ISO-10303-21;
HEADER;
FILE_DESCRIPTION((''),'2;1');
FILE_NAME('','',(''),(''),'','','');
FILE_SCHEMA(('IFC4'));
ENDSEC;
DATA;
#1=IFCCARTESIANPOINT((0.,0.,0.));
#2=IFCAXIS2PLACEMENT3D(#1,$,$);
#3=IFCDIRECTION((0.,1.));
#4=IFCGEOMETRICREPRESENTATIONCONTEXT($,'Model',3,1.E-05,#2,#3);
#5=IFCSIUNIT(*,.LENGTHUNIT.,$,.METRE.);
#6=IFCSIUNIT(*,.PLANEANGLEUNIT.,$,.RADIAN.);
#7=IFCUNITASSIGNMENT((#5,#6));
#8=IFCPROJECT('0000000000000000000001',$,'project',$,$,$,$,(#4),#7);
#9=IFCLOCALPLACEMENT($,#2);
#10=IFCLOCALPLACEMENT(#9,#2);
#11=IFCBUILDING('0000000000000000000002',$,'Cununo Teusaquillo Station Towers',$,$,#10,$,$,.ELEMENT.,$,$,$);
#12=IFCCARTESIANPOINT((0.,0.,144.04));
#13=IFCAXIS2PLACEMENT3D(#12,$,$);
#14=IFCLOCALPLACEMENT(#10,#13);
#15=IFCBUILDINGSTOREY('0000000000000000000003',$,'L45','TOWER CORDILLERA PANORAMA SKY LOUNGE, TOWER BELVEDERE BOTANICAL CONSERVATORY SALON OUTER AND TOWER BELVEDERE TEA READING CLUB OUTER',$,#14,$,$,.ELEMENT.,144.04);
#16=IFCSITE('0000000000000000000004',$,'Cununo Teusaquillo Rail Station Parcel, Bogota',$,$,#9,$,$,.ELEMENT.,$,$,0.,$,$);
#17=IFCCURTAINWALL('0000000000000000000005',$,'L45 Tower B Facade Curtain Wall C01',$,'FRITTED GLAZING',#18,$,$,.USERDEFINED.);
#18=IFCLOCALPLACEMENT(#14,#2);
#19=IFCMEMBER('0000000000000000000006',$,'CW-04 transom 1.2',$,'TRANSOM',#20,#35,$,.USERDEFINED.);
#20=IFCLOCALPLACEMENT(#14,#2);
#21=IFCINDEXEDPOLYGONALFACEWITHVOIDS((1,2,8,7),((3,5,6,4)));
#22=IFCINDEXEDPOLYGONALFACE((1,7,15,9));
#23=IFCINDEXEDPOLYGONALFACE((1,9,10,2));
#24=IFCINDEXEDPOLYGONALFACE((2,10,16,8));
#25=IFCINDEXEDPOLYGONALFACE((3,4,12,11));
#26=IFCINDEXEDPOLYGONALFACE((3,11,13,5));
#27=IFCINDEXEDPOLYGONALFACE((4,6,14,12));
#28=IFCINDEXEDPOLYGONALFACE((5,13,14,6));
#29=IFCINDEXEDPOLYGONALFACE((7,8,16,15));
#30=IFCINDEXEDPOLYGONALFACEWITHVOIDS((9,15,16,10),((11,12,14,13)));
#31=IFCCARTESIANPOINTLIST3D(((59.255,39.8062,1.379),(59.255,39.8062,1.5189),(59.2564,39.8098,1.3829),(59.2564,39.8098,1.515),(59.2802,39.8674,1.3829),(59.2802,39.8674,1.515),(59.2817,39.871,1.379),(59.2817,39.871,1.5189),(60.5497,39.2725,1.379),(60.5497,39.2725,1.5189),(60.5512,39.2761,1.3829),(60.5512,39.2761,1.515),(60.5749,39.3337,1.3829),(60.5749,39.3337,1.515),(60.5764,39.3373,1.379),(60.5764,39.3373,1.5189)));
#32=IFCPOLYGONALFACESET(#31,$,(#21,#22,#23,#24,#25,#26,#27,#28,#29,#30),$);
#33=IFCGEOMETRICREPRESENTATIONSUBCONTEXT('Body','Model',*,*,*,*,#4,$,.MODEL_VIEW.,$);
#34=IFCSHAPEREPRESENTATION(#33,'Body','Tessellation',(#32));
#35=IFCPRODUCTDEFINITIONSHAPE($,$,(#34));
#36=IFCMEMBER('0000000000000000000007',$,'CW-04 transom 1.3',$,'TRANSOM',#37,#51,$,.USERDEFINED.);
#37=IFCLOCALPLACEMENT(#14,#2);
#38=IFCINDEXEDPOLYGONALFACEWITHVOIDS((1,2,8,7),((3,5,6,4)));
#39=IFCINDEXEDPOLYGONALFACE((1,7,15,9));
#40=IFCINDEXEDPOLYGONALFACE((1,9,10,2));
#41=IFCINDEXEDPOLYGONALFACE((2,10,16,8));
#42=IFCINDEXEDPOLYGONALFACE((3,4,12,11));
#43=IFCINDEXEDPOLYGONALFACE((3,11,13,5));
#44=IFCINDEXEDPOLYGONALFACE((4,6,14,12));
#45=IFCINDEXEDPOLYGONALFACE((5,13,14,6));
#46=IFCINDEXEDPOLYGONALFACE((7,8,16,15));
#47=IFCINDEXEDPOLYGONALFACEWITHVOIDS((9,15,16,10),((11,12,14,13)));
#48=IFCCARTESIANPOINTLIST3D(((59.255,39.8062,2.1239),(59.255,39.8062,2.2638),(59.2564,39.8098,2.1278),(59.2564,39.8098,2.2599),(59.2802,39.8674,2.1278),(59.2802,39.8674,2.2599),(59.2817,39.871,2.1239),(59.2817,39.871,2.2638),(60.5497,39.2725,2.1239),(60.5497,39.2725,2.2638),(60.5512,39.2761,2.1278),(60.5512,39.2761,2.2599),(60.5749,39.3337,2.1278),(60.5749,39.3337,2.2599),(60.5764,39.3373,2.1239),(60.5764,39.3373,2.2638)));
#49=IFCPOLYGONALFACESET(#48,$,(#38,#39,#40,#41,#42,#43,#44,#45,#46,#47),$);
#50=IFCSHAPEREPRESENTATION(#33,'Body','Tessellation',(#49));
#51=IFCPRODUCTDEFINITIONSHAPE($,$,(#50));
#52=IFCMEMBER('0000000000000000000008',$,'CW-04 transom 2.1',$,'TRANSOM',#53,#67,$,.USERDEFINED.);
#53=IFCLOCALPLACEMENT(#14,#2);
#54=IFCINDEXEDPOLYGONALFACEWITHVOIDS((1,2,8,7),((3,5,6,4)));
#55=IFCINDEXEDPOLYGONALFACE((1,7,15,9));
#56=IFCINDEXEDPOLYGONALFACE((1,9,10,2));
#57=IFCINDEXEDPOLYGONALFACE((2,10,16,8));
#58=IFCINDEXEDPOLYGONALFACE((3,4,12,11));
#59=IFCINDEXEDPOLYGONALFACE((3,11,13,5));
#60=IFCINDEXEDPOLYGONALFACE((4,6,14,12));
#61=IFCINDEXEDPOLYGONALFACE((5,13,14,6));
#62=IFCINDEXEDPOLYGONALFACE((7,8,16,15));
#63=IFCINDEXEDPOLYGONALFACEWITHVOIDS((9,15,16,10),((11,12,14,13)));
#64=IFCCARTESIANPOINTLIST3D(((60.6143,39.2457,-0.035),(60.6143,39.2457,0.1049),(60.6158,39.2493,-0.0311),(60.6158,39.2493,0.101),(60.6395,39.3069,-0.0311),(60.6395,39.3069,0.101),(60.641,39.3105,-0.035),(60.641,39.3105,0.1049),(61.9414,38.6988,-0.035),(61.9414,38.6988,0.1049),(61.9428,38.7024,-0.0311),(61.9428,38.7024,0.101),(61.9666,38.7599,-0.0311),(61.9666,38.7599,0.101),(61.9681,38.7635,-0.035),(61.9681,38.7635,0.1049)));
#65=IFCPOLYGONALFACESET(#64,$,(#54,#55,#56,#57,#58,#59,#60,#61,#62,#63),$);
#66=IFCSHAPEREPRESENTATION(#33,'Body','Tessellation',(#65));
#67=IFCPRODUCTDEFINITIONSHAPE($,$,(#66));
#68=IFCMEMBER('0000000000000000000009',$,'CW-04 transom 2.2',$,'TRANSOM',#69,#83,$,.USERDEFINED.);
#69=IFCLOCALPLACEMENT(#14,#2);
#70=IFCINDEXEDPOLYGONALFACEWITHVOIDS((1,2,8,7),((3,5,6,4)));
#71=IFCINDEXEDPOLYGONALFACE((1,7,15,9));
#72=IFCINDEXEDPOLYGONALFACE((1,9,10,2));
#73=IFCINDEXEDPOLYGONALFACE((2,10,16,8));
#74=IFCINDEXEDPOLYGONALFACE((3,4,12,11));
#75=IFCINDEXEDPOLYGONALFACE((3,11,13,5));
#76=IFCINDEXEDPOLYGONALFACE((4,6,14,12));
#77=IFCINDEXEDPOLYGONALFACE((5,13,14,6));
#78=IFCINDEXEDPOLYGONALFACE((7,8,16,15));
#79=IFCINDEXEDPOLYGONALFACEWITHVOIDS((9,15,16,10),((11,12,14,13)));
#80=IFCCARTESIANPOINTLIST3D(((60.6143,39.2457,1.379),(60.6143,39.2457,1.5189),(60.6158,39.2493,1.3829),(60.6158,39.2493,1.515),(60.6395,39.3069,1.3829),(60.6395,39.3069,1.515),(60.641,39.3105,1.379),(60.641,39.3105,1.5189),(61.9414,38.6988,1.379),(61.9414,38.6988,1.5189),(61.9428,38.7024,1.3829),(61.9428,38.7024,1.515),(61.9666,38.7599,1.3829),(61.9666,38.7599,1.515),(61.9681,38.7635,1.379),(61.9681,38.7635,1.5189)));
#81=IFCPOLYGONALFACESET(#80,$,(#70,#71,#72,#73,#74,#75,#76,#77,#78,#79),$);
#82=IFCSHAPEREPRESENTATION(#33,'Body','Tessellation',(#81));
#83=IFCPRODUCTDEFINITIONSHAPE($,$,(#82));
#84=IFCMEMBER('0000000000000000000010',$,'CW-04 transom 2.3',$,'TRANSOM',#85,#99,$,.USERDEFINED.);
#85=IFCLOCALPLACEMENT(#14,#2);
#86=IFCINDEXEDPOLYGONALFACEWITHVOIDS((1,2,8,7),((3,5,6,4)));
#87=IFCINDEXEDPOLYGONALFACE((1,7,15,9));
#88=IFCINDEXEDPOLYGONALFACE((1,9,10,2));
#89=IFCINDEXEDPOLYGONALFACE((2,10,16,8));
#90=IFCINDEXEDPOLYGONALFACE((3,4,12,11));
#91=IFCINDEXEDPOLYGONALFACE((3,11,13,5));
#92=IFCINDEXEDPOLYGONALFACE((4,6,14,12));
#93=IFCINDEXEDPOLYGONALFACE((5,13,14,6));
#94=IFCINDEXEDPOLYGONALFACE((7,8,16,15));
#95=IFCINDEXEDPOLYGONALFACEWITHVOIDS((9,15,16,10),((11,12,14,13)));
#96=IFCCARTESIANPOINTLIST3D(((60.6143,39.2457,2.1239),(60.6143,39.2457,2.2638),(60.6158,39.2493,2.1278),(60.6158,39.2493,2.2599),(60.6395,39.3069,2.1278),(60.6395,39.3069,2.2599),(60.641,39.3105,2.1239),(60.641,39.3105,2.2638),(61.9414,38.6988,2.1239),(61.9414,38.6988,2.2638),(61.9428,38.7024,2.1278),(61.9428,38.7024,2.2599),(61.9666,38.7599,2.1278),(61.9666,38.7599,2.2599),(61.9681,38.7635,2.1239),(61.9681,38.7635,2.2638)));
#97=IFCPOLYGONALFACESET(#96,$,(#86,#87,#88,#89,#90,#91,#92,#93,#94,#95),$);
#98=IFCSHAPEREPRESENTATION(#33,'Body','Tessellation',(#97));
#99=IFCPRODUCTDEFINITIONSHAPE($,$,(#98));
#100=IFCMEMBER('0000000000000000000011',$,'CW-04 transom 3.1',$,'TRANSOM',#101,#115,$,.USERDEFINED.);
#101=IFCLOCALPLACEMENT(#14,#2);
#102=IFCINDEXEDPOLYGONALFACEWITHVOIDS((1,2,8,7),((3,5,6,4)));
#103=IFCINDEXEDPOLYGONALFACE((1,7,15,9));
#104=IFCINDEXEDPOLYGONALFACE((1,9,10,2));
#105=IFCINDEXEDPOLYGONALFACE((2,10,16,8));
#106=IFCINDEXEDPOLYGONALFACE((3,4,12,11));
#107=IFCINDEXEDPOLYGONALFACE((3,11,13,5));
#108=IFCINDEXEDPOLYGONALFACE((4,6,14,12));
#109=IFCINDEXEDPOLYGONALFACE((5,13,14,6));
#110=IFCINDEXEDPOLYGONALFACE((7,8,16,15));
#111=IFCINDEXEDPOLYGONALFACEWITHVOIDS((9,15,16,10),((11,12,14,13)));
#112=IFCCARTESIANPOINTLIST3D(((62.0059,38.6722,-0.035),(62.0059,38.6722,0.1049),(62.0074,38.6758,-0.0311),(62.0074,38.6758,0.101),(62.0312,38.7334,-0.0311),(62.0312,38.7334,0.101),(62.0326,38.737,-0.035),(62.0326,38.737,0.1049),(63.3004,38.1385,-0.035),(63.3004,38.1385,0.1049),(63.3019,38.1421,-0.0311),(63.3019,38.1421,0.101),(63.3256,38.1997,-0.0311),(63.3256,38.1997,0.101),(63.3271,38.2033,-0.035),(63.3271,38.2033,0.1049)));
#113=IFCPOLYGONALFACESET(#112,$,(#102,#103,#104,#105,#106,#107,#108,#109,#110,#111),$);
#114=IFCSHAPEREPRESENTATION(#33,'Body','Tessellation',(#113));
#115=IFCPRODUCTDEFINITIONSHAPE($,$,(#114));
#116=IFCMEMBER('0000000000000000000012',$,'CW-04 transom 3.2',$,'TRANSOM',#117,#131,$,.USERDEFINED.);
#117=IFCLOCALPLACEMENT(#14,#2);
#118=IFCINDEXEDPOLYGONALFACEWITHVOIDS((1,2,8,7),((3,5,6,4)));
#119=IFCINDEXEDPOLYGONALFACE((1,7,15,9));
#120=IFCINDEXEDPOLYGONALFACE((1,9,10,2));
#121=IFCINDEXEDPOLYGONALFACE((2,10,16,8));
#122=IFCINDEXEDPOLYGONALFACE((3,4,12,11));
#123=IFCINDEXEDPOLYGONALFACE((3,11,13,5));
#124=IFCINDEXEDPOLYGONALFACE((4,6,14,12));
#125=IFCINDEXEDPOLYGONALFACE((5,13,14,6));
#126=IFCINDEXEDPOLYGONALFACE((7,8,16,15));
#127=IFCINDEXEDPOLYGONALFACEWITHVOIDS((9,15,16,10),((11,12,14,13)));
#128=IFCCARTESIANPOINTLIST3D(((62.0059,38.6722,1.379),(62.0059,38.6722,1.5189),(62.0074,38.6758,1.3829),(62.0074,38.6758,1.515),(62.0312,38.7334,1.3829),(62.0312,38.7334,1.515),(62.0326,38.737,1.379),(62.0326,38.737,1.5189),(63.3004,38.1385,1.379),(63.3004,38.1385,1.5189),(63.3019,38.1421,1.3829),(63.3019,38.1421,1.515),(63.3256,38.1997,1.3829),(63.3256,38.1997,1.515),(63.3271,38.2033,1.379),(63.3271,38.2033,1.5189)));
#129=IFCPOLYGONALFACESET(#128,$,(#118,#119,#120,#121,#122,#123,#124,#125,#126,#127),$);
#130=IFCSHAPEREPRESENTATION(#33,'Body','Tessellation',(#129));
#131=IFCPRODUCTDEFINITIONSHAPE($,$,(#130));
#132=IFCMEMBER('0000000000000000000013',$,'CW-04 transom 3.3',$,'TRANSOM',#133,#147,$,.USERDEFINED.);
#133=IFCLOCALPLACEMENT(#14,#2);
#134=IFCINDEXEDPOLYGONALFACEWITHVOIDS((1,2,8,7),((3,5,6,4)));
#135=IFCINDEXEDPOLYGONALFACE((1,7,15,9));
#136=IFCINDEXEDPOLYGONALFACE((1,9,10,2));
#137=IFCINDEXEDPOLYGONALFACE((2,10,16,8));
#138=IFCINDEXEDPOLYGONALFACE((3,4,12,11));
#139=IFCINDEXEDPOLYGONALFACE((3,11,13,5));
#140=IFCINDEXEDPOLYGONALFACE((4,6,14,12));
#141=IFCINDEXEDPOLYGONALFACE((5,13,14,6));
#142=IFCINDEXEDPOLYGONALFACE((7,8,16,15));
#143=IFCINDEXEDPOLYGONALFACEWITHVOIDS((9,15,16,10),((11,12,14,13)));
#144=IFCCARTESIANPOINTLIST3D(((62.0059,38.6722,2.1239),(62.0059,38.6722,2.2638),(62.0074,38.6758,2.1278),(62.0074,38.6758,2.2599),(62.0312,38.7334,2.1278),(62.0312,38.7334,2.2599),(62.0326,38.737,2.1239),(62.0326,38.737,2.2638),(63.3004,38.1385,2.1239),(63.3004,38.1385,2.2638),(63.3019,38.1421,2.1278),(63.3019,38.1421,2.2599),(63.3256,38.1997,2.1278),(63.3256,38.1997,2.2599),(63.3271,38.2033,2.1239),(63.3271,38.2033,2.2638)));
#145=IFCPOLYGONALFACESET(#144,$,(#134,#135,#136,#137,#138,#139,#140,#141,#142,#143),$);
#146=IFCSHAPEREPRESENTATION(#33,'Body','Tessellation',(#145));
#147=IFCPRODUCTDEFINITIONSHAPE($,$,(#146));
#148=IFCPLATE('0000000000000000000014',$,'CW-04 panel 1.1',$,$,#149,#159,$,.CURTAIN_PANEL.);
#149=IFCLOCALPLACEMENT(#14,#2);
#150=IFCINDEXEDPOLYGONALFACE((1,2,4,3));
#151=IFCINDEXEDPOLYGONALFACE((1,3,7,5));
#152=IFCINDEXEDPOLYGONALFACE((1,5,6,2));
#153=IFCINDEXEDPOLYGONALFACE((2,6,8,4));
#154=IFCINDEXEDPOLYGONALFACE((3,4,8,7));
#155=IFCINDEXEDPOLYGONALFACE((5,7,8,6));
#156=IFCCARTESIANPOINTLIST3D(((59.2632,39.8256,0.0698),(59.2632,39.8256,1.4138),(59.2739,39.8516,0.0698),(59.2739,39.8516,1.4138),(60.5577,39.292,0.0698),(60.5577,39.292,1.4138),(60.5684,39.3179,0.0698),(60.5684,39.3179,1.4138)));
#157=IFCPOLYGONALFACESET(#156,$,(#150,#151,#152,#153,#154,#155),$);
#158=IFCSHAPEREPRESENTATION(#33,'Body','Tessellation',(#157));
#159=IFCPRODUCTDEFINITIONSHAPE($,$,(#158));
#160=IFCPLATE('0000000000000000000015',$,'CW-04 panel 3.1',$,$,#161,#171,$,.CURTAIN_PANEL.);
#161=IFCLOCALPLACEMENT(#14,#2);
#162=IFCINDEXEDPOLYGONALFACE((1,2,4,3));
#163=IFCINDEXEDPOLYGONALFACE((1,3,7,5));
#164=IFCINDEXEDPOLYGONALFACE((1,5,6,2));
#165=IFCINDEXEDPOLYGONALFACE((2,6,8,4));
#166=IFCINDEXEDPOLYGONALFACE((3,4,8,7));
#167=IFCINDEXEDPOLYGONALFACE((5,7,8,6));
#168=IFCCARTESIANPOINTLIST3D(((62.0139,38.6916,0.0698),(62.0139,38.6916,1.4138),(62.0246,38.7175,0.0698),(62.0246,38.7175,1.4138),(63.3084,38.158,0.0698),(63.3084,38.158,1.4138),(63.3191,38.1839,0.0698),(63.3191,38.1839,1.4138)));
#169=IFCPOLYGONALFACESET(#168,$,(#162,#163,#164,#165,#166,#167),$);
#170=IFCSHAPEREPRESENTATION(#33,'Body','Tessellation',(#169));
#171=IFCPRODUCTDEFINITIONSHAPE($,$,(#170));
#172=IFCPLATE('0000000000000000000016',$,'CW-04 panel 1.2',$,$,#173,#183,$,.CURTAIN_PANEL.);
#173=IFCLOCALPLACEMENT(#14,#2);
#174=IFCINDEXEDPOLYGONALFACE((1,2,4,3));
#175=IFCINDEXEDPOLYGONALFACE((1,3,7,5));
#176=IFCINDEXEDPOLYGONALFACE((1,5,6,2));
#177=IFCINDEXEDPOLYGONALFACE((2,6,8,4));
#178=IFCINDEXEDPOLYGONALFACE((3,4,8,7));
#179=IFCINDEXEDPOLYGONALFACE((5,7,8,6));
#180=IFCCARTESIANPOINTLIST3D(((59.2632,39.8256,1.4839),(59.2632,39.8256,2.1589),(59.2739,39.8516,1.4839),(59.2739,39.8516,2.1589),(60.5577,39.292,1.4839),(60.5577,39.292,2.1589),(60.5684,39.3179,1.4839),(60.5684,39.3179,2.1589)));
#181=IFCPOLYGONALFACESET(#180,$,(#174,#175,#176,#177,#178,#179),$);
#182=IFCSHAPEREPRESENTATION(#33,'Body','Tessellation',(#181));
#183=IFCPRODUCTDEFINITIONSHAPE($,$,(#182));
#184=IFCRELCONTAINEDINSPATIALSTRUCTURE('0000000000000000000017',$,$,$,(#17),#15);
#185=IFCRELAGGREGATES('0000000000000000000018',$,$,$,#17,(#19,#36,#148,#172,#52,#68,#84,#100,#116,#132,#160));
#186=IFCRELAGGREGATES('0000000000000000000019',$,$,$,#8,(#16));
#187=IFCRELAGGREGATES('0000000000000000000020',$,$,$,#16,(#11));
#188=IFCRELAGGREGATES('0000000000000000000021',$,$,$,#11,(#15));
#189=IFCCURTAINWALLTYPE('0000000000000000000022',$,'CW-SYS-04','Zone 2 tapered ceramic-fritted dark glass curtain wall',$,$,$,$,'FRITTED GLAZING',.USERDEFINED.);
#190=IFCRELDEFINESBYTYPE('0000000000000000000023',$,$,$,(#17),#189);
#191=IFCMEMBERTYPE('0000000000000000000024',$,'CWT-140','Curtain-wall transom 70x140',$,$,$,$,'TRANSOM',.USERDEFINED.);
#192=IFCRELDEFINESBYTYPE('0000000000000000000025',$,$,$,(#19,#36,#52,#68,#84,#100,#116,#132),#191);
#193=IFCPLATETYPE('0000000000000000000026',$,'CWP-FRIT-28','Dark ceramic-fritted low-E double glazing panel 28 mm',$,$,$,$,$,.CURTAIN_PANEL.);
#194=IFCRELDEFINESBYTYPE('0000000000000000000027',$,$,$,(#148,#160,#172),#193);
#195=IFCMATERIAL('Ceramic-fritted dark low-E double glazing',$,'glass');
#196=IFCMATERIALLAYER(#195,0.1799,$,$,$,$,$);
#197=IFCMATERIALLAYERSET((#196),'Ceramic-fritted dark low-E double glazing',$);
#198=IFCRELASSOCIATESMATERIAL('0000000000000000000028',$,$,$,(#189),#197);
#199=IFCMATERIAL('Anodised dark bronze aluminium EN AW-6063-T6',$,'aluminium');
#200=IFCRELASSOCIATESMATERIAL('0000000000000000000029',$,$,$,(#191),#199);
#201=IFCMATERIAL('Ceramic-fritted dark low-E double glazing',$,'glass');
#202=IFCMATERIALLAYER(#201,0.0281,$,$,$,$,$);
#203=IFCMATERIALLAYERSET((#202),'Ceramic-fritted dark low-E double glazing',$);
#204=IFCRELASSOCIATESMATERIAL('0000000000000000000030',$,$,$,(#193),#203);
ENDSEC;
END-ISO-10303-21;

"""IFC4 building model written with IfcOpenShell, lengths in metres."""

from ifc_helpers import new_model, si_unit, direction, frame, origin, origin_2d, place, context, subcontext, project, spatial, rectangle, hollow_rectangle, extrude, source, transform, mapped, material, layer, layer_set, material_profile, profile_set, type_object, element, aggregate, save


model = new_model("IFC4")

# Units and contexts
model_context = context("Model", 3, precision=1e-05, world=origin(), true_north=direction((0.0, 1.0)))
body_context = subcontext(model_context, "Body", "Model", "MODEL_VIEW")
ifc_project = project(units=[si_unit("LENGTHUNIT", "METRE"), si_unit("PLANEANGLEUNIT", "RADIAN")], contexts=[model_context])

# Site, building, storey
site_placement = place(None, origin())
site = spatial("IfcSite", under=ifc_project, at=site_placement, Name="Cununo Teusaquillo Rail Station Parcel, Bogota", CompositionType="ELEMENT", RefElevation=0.0)
building_placement = place(site_placement, origin())
building = spatial("IfcBuilding", under=site, at=building_placement, Name="Cununo Teusaquillo Station Towers", CompositionType="ELEMENT")
storey_placement = place(building_placement, frame((0.0, 0.0, 144.04)))
storey = spatial("IfcBuildingStorey", under=building, at=storey_placement, Name="L45", Description="TOWER CORDILLERA PANORAMA SKY LOUNGE, TOWER BELVEDERE BOTANICAL CONSERVATORY SALON OUTER AND TOWER BELVEDERE TEA READING CLUB OUTER", CompositionType="ELEMENT", Elevation=144.04)

# Curtain wall, members, plates
ifc_material_1 = material(Name="Ceramic-fritted dark low-E double glazing", Category="glass")
ifc_layer_1 = layer(ifc_material_1, 0.1799)
ifc_layer_set_1 = layer_set([ifc_layer_1], Name="Ceramic-fritted dark low-E double glazing")
curtain_wall_type = type_object("IfcCurtainWallType", Name="CW-SYS-04", Description="Zone 2 tapered ceramic-fritted dark glass curtain wall", ElementType="FRITTED GLAZING", PredefinedType="USERDEFINED", material=ifc_layer_set_1)
curtain_wall_placement = place(storey_placement, origin())
curtain_wall = element("IfcCurtainWall", 1, at=curtain_wall_placement, inside=storey, type_object=curtain_wall_type, Name="L45 Tower B Facade Curtain Wall C01", ObjectType="FRITTED GLAZING", PredefinedType="USERDEFINED")
ifc_material_2 = material(Name="Anodised dark bronze aluminium EN AW-6063-T6", Category="aluminium")
ifc_material_profile_1 = material_profile(ifc_material_2, hollow_rectangle(XDim=0.0701, YDim=0.1399, WallThickness=0.0039, at=origin_2d()), Name="CW-TRAN-70x140")
ifc_profile_set_1 = profile_set([ifc_material_profile_1], Name="Anodised dark bronze aluminium EN AW-6063-T6")
member_type_1 = type_object("IfcMemberType", Name="CWT-140", Description="Curtain-wall transom 70x140", ElementType="TRANSOM", PredefinedType="USERDEFINED", material=ifc_profile_set_1)
member_1_placement = place(storey_placement, frame((59.2683, 39.8386, 1.449), z_axis=(0.92453, -0.381109, 0.0), x_axis=(0.381109, 0.92453, 0.0)))
member_1 = element("IfcMember", 2, at=member_1_placement, type_object=member_type_1, Name="CW-04 transom 1.2", ObjectType="TRANSOM", PredefinedType="USERDEFINED", context=body_context, shape_type="SweptSolid", body=[
    extrude(hollow_rectangle(XDim=0.0701, YDim=0.1399, WallThickness=0.0039, at=origin_2d()), origin(), (0.0, 0.0, 1.0), 1.4004),
])
member_2_placement = place(storey_placement, frame((59.2683, 39.8386, 2.1938), z_axis=(0.92453, -0.381109, 0.0), x_axis=(0.381109, 0.92453, 0.0)))
member_2 = element("IfcMember", 3, at=member_2_placement, type_object=member_type_1, Name="CW-04 transom 1.3", ObjectType="TRANSOM", PredefinedType="USERDEFINED", context=body_context, shape_type="SweptSolid", body=[
    extrude(hollow_rectangle(XDim=0.0701, YDim=0.1399, WallThickness=0.0039, at=origin_2d()), origin(), (0.0, 0.0, 1.0), 1.4004),
])
member_3_placement = place(storey_placement, frame((60.6277, 39.2781, 0.0349), z_axis=(0.924555, -0.381049, 0.0), x_axis=(0.381049, 0.924555, 0.0)))
member_3 = element("IfcMember", 4, at=member_3_placement, type_object=member_type_1, Name="CW-04 transom 2.1", ObjectType="TRANSOM", PredefinedType="USERDEFINED", context=body_context, shape_type="SweptSolid", body=[
    extrude(hollow_rectangle(XDim=0.0701, YDim=0.1399, WallThickness=0.0039, at=origin_2d()), origin(), (0.0, 0.0, 1.0), 1.4353),
])
member_4_placement = place(storey_placement, frame((60.6277, 39.2781, 1.449), z_axis=(0.924555, -0.381049, 0.0), x_axis=(0.381049, 0.924555, 0.0)))
member_4 = element("IfcMember", 5, at=member_4_placement, type_object=member_type_1, Name="CW-04 transom 2.2", ObjectType="TRANSOM", PredefinedType="USERDEFINED", context=body_context, shape_type="SweptSolid", body=[
    extrude(hollow_rectangle(XDim=0.0701, YDim=0.1399, WallThickness=0.0039, at=origin_2d()), origin(), (0.0, 0.0, 1.0), 1.4353),
])
member_5_placement = place(storey_placement, frame((60.6277, 39.2781, 2.1938), z_axis=(0.924555, -0.381049, 0.0), x_axis=(0.381049, 0.924555, 0.0)))
member_5 = element("IfcMember", 6, at=member_5_placement, type_object=member_type_1, Name="CW-04 transom 2.3", ObjectType="TRANSOM", PredefinedType="USERDEFINED", context=body_context, shape_type="SweptSolid", body=[
    extrude(hollow_rectangle(XDim=0.0701, YDim=0.1399, WallThickness=0.0039, at=origin_2d()), origin(), (0.0, 0.0, 1.0), 1.4353),
])
member_6_placement = place(storey_placement, frame((62.0193, 38.7046, 0.0349), z_axis=(0.924505, -0.381171, 0.0), x_axis=(0.381171, 0.924505, 0.0)))
member_6 = element("IfcMember", 7, at=member_6_placement, type_object=member_type_1, Name="CW-04 transom 3.1", ObjectType="TRANSOM", PredefinedType="USERDEFINED", context=body_context, shape_type="SweptSolid", body=[
    extrude(hollow_rectangle(XDim=0.0701, YDim=0.1399, WallThickness=0.0039, at=origin_2d()), origin(), (0.0, 0.0, 1.0), 1.4001),
])
member_7_placement = place(storey_placement, frame((62.0193, 38.7046, 1.449), z_axis=(0.924505, -0.381171, 0.0), x_axis=(0.381171, 0.924505, 0.0)))
member_7 = element("IfcMember", 8, at=member_7_placement, type_object=member_type_1, Name="CW-04 transom 3.2", ObjectType="TRANSOM", PredefinedType="USERDEFINED", context=body_context, shape_type="SweptSolid", body=[
    extrude(hollow_rectangle(XDim=0.0701, YDim=0.1399, WallThickness=0.0039, at=origin_2d()), origin(), (0.0, 0.0, 1.0), 1.4001),
])
member_8_placement = place(storey_placement, frame((62.0193, 38.7046, 2.1938), z_axis=(0.924505, -0.381171, 0.0), x_axis=(0.381171, 0.924505, 0.0)))
member_8 = element("IfcMember", 9, at=member_8_placement, type_object=member_type_1, Name="CW-04 transom 3.3", ObjectType="TRANSOM", PredefinedType="USERDEFINED", context=body_context, shape_type="SweptSolid", body=[
    extrude(hollow_rectangle(XDim=0.0701, YDim=0.1399, WallThickness=0.0039, at=origin_2d()), origin(), (0.0, 0.0, 1.0), 1.4001),
])
ifc_material_3 = material(Name="Ceramic-fritted dark low-E double glazing", Category="glass")
ifc_layer_2 = layer(ifc_material_3, 0.0281)
ifc_layer_set_2 = layer_set([ifc_layer_2], Name="Ceramic-fritted dark low-E double glazing")
plate_type = type_object("IfcPlateType", Name="CWP-FRIT-28", Description="Dark ceramic-fritted low-E double glazing panel 28 mm", PredefinedType="CURTAIN_PANEL", material=ifc_layer_set_2)
shared_shape_1 = source(origin(), body_context, "Body", "SweptSolid", [
    extrude(rectangle(XDim=1.4001, YDim=0.0281, at=origin_2d()), origin(), (0.0, 0.0, 1.0), 1.344),
])
plate_1_placement = place(storey_placement, frame((59.9158, 39.5718, 0.0698), z_axis=(0.0, 0.0, 1.0), x_axis=(0.924525, -0.381122, 0.0)))
plate_1 = element("IfcPlate", 10, at=plate_1_placement, type_object=plate_type, Name="CW-04 panel 1.1", PredefinedType="CURTAIN_PANEL", context=body_context, shape_type="MappedRepresentation", body=[
    mapped(shared_shape_1, transform((0.0, 0.0, 0.0), x_axis=(1.0, 0.0, 0.0), y_axis=(0.0, 1.0, 0.0), z_axis=(0.0, 0.0, 1.0), scale=1.0)),
])
plate_2_placement = place(storey_placement, frame((62.6665, 38.4377, 0.0698), z_axis=(0.0, 0.0, 1.0), x_axis=(0.924525, -0.381122, 0.0)))
plate_2 = element("IfcPlate", 11, at=plate_2_placement, type_object=plate_type, Name="CW-04 panel 3.1", PredefinedType="CURTAIN_PANEL", context=body_context, shape_type="MappedRepresentation", body=[
    mapped(shared_shape_1, transform((0.0, 0.0, 0.0), x_axis=(1.0, 0.0, 0.0), y_axis=(0.0, 1.0, 0.0), z_axis=(0.0, 0.0, 1.0), scale=1.0)),
])
shared_shape_2 = source(origin(), body_context, "Body", "SweptSolid", [
    extrude(rectangle(XDim=1.4001, YDim=0.0281, at=origin_2d()), origin(), (0.0, 0.0, 1.0), 0.675),
])
plate_3_placement = place(storey_placement, frame((59.9158, 39.5718, 1.4839), z_axis=(0.0, 0.0, 1.0), x_axis=(0.924525, -0.381122, 0.0)))
plate_3 = element("IfcPlate", 12, at=plate_3_placement, type_object=plate_type, Name="CW-04 panel 1.2", PredefinedType="CURTAIN_PANEL", context=body_context, shape_type="MappedRepresentation", body=[
    mapped(shared_shape_2, transform((0.0, 0.0, 0.0), x_axis=(1.0, 0.0, 0.0), y_axis=(0.0, 1.0, 0.0), z_axis=(0.0, 0.0, 1.0), scale=1.0)),
])
aggregate(curtain_wall, [member_1, member_2, plate_1, plate_3, member_3, member_4, member_5, member_6, member_7, member_8, plate_2])

save(model, "model.ifc")
